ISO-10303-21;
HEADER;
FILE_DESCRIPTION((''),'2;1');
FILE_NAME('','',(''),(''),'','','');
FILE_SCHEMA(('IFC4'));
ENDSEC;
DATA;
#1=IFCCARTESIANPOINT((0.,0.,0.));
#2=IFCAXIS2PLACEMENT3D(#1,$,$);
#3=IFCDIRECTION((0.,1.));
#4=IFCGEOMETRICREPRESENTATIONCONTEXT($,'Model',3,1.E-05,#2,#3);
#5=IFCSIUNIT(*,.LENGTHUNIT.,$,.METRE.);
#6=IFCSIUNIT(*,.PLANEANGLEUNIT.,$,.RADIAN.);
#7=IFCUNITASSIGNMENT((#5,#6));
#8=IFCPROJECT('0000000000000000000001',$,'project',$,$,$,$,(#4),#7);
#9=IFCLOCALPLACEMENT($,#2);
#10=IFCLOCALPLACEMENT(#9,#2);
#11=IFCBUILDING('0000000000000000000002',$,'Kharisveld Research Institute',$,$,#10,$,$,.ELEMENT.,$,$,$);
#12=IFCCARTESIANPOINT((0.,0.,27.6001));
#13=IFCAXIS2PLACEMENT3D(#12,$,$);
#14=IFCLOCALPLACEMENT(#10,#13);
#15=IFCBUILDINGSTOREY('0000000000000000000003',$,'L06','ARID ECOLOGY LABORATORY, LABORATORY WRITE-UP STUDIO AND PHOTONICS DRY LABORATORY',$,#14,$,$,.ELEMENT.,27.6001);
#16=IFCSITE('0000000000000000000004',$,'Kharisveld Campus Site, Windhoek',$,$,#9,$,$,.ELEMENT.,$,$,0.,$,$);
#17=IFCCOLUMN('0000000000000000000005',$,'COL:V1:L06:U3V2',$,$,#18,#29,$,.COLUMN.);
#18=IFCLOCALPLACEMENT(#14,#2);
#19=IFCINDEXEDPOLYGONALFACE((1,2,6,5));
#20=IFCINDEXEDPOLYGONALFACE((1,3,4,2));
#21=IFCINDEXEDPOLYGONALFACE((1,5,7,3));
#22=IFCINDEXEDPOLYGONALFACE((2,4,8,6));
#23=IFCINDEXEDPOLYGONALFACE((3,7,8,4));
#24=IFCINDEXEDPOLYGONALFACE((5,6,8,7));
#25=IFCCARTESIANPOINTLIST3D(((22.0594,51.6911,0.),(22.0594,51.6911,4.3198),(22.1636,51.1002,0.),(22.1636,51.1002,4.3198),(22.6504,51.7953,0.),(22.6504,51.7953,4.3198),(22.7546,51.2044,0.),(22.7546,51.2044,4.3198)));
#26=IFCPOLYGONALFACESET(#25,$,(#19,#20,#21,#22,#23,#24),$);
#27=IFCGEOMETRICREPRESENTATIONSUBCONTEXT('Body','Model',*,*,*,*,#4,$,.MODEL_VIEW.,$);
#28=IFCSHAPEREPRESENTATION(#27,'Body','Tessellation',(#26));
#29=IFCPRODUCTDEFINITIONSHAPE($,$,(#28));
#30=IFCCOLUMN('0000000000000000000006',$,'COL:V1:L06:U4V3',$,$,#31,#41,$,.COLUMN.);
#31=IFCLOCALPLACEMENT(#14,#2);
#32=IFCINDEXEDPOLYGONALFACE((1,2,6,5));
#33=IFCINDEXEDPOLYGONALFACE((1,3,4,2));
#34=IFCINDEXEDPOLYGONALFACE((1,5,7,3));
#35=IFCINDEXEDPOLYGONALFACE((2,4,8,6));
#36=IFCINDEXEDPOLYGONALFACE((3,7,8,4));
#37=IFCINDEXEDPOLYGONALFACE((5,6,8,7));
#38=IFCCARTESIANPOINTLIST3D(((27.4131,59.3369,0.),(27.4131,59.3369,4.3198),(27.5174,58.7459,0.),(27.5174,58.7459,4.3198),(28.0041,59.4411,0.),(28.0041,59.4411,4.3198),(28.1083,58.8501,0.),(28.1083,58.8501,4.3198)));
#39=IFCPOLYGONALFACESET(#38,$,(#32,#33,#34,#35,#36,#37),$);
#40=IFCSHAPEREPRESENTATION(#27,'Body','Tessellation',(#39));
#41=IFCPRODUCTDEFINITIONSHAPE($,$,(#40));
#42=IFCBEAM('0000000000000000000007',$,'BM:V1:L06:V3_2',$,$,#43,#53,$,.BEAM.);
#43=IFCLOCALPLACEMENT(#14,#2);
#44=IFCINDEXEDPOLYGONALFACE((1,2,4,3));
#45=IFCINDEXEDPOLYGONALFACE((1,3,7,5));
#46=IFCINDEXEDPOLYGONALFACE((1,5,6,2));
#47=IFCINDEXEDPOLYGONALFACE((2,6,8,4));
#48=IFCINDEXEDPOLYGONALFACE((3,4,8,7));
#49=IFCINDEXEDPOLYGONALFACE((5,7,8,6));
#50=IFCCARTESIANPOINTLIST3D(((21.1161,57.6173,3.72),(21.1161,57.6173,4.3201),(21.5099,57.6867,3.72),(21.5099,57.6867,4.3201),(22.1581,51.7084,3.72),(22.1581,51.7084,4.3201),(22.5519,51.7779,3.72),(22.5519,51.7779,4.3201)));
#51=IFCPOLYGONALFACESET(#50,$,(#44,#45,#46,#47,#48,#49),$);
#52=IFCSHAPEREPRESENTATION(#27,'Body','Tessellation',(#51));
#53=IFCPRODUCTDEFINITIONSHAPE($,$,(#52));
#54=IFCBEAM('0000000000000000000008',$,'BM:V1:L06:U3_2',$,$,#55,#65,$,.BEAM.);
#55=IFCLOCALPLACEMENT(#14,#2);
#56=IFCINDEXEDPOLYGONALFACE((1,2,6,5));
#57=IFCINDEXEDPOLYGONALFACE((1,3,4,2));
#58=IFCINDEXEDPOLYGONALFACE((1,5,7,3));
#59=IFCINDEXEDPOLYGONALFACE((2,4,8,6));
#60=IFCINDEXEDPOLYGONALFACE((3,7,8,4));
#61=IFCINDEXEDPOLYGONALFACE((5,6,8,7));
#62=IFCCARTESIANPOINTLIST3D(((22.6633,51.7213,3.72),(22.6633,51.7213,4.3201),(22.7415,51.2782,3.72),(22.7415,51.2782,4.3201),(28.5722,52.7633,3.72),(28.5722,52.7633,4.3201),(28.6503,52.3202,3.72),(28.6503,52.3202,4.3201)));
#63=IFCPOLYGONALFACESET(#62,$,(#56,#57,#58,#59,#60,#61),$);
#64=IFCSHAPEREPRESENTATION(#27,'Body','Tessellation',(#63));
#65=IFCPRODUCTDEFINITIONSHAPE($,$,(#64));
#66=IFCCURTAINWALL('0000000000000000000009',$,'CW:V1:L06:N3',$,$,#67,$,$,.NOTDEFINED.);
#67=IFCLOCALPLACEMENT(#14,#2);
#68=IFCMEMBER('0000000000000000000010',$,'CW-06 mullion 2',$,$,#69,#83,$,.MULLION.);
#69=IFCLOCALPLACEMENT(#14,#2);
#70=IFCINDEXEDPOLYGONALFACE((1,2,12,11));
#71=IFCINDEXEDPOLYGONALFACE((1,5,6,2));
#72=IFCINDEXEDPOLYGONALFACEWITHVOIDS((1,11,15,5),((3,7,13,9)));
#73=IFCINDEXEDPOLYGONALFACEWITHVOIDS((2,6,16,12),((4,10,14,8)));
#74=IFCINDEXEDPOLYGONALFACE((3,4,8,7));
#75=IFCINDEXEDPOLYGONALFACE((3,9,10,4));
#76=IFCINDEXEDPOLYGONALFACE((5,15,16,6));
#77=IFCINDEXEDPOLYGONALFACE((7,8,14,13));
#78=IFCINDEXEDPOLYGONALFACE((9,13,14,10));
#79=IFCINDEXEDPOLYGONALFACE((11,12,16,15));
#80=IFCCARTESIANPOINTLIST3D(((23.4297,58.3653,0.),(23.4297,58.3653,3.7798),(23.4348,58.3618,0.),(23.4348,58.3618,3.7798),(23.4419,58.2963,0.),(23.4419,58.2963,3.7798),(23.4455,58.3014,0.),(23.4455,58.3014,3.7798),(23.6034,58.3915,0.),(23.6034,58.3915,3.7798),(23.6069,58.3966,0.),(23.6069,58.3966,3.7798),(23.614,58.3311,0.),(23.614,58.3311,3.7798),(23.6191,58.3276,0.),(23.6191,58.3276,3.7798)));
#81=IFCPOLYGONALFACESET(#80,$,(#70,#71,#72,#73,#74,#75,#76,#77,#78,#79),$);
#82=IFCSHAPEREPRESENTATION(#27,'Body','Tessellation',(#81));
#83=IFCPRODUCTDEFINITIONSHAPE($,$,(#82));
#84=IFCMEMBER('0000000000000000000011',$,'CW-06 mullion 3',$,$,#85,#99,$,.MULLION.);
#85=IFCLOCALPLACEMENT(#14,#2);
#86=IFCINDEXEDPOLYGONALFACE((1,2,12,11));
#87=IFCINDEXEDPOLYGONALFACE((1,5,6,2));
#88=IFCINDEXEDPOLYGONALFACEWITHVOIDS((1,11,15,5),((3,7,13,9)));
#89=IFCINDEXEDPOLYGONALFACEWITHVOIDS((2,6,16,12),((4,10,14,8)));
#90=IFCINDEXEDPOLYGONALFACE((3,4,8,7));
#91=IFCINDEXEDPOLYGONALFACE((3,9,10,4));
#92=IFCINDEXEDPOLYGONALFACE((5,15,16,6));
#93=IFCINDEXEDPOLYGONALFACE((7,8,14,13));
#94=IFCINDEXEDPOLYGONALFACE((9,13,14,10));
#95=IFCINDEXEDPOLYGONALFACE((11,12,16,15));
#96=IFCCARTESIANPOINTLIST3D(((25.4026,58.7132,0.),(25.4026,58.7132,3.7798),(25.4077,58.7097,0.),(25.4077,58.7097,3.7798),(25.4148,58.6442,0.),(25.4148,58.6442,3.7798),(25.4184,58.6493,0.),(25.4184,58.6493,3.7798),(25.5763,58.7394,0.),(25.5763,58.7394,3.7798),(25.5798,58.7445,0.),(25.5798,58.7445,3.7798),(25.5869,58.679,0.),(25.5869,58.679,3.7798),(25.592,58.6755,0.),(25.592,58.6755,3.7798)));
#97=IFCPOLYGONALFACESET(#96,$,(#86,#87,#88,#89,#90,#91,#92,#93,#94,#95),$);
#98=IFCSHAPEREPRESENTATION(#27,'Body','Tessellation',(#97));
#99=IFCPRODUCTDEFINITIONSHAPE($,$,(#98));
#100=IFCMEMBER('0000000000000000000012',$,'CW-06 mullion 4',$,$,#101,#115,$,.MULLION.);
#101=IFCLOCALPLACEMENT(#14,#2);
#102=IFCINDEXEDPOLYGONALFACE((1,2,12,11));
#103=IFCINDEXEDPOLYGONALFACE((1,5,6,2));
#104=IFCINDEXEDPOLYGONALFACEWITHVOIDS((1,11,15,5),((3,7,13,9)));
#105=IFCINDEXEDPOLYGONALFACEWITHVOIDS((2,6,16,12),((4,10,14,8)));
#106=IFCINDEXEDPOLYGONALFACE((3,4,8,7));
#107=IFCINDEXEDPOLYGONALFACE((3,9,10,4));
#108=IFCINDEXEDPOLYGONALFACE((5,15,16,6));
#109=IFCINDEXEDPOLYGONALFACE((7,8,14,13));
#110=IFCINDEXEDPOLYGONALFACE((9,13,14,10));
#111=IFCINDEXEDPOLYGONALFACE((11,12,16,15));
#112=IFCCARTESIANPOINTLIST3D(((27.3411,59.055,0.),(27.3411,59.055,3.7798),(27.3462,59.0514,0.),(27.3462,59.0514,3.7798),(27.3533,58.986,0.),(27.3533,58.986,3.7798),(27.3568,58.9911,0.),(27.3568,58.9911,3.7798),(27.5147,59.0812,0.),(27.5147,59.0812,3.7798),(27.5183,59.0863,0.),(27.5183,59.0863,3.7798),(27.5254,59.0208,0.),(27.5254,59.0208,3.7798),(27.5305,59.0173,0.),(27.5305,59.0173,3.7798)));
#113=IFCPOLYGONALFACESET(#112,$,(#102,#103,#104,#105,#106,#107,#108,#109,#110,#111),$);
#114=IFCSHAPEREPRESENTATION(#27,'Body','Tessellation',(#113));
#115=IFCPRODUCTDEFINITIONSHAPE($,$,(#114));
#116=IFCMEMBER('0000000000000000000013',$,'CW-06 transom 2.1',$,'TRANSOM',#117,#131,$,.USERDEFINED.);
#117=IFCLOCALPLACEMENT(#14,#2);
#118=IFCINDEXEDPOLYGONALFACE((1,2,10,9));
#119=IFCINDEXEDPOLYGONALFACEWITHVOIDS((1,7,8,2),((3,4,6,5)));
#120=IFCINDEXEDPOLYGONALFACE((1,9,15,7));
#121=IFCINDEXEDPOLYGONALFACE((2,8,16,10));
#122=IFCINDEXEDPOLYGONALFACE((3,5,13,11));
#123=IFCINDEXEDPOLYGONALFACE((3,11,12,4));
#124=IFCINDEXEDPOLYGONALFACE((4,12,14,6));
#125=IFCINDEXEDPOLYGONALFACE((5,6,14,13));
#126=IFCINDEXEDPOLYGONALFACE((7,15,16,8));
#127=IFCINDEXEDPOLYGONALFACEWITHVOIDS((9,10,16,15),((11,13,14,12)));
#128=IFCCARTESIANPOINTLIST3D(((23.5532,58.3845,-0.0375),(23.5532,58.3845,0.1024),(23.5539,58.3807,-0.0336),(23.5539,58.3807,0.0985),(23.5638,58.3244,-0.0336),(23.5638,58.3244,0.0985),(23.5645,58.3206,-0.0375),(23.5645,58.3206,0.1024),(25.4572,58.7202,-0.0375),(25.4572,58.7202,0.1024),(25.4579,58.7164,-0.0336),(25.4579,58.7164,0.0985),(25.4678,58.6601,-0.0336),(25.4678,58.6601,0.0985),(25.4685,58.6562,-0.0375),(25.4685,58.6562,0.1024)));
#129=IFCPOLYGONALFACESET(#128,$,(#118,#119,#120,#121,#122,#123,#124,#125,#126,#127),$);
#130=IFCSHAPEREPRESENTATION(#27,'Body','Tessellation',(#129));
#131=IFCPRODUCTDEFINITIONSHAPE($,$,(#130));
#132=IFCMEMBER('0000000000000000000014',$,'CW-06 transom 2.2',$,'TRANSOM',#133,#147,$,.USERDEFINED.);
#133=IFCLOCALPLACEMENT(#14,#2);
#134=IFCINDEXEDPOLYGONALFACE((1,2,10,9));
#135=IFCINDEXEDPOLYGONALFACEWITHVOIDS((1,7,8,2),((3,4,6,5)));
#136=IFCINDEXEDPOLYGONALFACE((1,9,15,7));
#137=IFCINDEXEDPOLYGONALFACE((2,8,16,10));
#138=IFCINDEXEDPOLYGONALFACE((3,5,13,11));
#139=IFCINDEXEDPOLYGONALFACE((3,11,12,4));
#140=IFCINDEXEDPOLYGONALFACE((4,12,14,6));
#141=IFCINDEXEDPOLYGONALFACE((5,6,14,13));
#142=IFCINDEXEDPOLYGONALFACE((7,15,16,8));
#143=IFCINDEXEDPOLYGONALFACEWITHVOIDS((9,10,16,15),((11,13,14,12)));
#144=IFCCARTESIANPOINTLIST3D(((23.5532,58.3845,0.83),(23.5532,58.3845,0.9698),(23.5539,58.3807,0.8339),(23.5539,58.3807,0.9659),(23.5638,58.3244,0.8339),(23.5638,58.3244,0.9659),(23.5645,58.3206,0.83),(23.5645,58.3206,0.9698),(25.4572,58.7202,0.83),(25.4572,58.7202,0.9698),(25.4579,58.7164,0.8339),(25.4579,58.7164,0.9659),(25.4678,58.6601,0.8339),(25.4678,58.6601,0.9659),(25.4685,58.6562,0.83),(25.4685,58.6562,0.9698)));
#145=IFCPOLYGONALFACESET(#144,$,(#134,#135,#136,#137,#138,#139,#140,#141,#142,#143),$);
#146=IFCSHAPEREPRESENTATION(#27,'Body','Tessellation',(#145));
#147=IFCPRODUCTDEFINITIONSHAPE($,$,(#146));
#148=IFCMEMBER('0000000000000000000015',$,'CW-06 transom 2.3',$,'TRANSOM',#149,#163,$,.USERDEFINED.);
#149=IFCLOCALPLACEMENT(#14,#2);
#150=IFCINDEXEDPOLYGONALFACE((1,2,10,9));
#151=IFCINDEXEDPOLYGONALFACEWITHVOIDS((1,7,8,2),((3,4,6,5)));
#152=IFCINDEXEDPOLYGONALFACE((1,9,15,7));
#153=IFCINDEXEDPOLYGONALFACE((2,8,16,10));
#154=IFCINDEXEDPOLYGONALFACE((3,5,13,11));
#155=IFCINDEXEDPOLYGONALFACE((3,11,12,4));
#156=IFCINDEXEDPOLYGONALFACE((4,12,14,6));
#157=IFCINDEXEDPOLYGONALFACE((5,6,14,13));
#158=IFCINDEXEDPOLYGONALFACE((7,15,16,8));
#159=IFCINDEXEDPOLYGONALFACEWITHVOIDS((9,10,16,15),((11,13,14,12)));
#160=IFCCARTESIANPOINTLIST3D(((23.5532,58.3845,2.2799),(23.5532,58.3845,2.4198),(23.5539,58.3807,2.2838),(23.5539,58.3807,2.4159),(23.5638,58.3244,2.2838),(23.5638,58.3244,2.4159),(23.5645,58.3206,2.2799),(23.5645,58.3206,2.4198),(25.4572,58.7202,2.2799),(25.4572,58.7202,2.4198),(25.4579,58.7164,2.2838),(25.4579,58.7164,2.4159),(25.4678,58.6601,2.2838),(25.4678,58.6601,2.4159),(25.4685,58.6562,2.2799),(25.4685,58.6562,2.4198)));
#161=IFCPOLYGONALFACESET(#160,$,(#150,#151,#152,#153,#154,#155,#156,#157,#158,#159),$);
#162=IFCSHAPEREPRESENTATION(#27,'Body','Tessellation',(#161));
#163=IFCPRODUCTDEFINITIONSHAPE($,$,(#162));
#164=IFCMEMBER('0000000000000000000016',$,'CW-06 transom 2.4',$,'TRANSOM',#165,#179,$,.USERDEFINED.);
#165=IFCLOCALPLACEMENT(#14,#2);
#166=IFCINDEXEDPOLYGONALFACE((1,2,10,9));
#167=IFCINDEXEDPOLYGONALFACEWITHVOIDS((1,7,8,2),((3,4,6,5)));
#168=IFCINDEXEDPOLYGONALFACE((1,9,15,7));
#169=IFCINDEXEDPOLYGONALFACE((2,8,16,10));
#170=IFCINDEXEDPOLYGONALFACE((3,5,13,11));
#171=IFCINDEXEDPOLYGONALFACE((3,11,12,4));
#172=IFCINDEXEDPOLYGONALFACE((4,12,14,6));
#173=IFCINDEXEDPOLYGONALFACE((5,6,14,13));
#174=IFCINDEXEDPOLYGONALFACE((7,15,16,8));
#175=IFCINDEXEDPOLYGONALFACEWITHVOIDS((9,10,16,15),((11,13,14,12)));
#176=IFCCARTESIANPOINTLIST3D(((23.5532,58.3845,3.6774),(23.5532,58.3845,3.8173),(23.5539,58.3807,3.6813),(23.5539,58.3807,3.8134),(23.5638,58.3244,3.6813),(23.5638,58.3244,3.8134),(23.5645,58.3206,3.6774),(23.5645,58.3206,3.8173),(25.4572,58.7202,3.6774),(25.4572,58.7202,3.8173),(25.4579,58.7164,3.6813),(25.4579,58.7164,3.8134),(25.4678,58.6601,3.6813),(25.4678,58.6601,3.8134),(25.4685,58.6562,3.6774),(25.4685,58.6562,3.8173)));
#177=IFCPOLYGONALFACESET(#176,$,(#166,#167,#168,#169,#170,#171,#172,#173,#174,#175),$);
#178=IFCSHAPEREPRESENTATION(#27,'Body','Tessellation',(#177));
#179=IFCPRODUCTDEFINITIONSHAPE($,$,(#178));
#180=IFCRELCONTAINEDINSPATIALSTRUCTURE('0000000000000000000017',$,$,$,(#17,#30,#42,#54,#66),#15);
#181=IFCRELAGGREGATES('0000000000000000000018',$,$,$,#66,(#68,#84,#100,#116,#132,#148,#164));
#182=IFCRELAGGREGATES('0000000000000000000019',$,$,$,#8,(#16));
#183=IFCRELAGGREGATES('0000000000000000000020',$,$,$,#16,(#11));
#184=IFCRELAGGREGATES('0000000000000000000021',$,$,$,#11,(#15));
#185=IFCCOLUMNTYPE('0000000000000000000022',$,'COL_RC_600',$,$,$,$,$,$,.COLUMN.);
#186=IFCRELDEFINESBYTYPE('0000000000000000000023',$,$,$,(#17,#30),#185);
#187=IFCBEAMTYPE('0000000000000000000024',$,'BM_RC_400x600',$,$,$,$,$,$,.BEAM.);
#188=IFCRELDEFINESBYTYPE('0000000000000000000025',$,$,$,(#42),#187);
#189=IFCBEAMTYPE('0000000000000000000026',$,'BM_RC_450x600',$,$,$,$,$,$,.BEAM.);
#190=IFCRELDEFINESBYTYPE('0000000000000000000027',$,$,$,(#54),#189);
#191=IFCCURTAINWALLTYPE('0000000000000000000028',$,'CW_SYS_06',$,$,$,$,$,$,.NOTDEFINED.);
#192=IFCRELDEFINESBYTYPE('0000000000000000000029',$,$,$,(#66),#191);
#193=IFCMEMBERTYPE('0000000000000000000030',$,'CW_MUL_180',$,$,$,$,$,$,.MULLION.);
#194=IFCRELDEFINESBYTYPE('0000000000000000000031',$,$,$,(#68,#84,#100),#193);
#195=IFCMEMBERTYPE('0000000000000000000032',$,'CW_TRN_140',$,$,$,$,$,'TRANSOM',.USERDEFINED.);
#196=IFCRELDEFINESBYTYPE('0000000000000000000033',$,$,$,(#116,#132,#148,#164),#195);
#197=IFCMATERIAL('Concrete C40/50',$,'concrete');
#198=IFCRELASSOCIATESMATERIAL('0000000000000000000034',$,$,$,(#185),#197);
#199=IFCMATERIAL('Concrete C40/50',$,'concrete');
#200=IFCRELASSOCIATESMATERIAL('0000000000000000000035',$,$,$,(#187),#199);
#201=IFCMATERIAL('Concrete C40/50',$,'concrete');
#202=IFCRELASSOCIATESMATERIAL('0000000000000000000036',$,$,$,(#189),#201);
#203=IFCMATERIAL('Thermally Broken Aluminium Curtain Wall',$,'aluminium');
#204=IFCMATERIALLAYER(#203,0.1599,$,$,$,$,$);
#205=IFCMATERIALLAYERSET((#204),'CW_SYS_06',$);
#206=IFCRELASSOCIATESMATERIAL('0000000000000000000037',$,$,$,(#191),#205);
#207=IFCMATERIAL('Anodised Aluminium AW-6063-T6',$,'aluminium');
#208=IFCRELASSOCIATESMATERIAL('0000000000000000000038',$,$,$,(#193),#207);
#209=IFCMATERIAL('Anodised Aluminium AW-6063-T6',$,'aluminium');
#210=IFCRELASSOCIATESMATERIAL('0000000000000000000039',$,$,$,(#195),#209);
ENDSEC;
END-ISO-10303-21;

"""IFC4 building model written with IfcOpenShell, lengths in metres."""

from ifc_helpers import new_model, si_unit, direction, frame, origin, origin_2d, place, context, subcontext, project, spatial, rectangle, hollow_rectangle, extrude, material, layer, layer_set, material_profile, profile_set, type_object, element, aggregate, save


model = new_model("IFC4")

# Units and contexts
model_context = context("Model", 3, precision=1e-05, world=origin(), true_north=direction((0.0, 1.0)))
body_context = subcontext(model_context, "Body", "Model", "MODEL_VIEW")
ifc_project = project(units=[si_unit("LENGTHUNIT", "METRE"), si_unit("PLANEANGLEUNIT", "RADIAN")], contexts=[model_context])

# Site, building, storey
site_placement = place(None, origin())
site = spatial("IfcSite", under=ifc_project, at=site_placement, Name="Kharisveld Campus Site, Windhoek", CompositionType="ELEMENT", RefElevation=0.0)
building_placement = place(site_placement, origin())
building = spatial("IfcBuilding", under=site, at=building_placement, Name="Kharisveld Research Institute", CompositionType="ELEMENT")
storey_placement = place(building_placement, frame((0.0, 0.0, 27.6001)))
storey = spatial("IfcBuildingStorey", under=building, at=storey_placement, Name="L06", Description="ARID ECOLOGY LABORATORY, LABORATORY WRITE-UP STUDIO AND PHOTONICS DRY LABORATORY", CompositionType="ELEMENT", Elevation=27.6001)

# Columns
ifc_material_1 = material(Name="Concrete C40/50", Category="concrete")
ifc_material_profile_1 = material_profile(ifc_material_1, rectangle(XDim=0.6001, YDim=0.6001, at=origin_2d()))
ifc_profile_set_1 = profile_set([ifc_material_profile_1], Name="Concrete C40/50")
column_type = type_object("IfcColumnType", Name="COL_RC_600", PredefinedType="COLUMN", material=ifc_profile_set_1)
for number, where, z_axis, x_axis, name in (
    (1, (22.407, 51.4478, 0.0), (0.0, 0.0, 1.0), (0.984808, 0.173648, 0.0), "COL:V1:L06:U3V2"),
    (2, (27.7607, 59.0935, 0.0), (0.0, 0.0, 1.0), (0.984808, 0.173648, 0.0), "COL:V1:L06:U4V3"),
):
    element("IfcColumn", number, at=place(storey_placement, frame(where, z_axis=z_axis, x_axis=x_axis)), inside=storey, type_object=column_type, Name=name, PredefinedType="COLUMN", context=body_context, shape_type="SweptSolid", body=[
        extrude(rectangle(XDim=0.6001, YDim=0.6001, at=origin_2d()), origin(), (0.0, 0.0, 1.0), 4.3198),
    ])

# Beams
ifc_material_2 = material(Name="Concrete C40/50", Category="concrete")
ifc_material_profile_2 = material_profile(ifc_material_2, rectangle(XDim=0.3999, YDim=0.6001, at=origin_2d()))
ifc_profile_set_2 = profile_set([ifc_material_profile_2], Name="Concrete C40/50")
beam_type_1 = type_object("IfcBeamType", Name="BM_RC_400x600", PredefinedType="BEAM", material=ifc_profile_set_2)
beam_1_placement = place(storey_placement, frame((22.355, 51.7432, 4.02), z_axis=(-0.173662, 0.984805, 0.0), x_axis=(-0.984805, -0.173662, 0.0)))
element("IfcBeam", 3, at=beam_1_placement, inside=storey, type_object=beam_type_1, Name="BM:V1:L06:V3_2", PredefinedType="BEAM", context=body_context, shape_type="SweptSolid", body=[
    extrude(rectangle(XDim=0.3999, YDim=0.6001, at=origin_2d()), origin(), (0.0, 0.0, 1.0), 6.0),
])
ifc_material_3 = material(Name="Concrete C40/50", Category="concrete")
ifc_material_profile_3 = material_profile(ifc_material_3, rectangle(XDim=0.45, YDim=0.6001, at=origin_2d()))
ifc_profile_set_3 = profile_set([ifc_material_profile_3], Name="Concrete C40/50")
beam_type_2 = type_object("IfcBeamType", Name="BM_RC_450x600", PredefinedType="BEAM", material=ifc_profile_set_3)
beam_2_placement = place(storey_placement, frame((22.7024, 51.4998, 4.02), z_axis=(0.984805, 0.173662, 0.0), x_axis=(-0.173662, 0.984805, 0.0)))
element("IfcBeam", 4, at=beam_2_placement, inside=storey, type_object=beam_type_2, Name="BM:V1:L06:U3_2", PredefinedType="BEAM", context=body_context, shape_type="SweptSolid", body=[
    extrude(rectangle(XDim=0.45, YDim=0.6001, at=origin_2d()), origin(), (0.0, 0.0, 1.0), 6.0),
])

# Curtain wall, members
ifc_material_4 = material(Name="Thermally Broken Aluminium Curtain Wall", Category="aluminium")
ifc_layer_1 = layer(ifc_material_4, 0.1599)
ifc_layer_set_1 = layer_set([ifc_layer_1], Name="CW_SYS_06")
curtain_wall_type = type_object("IfcCurtainWallType", Name="CW_SYS_06", PredefinedType="NOTDEFINED", material=ifc_layer_set_1)
curtain_wall_placement = place(storey_placement, origin())
curtain_wall = element("IfcCurtainWall", 5, at=curtain_wall_placement, inside=storey, type_object=curtain_wall_type, Name="CW:V1:L06:N3", PredefinedType="NOTDEFINED")
ifc_material_5 = material(Name="Anodised Aluminium AW-6063-T6", Category="aluminium")
ifc_material_profile_4 = material_profile(ifc_material_5, hollow_rectangle(XDim=0.0701, YDim=0.1799, WallThickness=0.0044, at=origin_2d()))
ifc_profile_set_4 = profile_set([ifc_material_profile_4], Name="Anodised Aluminium AW-6063-T6")
member_type_1 = type_object("IfcMemberType", Name="CW_MUL_180", PredefinedType="MULLION", material=ifc_profile_set_4)
member_1_placement = place(storey_placement, frame((23.5244, 58.3464, 0.0), z_axis=(0.0, 0.0, 1.0), x_axis=(-0.173648, 0.984808, 0.0)))
member_1 = element("IfcMember", 6, at=member_1_placement, type_object=member_type_1, Name="CW-06 mullion 2", PredefinedType="MULLION", context=body_context, shape_type="SweptSolid", body=[
    extrude(hollow_rectangle(XDim=0.0701, YDim=0.1799, WallThickness=0.0044, at=origin_2d()), origin(), (0.0, 0.0, 1.0), 3.7798),
])
member_2_placement = place(storey_placement, frame((25.4973, 58.6943, 0.0), z_axis=(0.0, 0.0, 1.0), x_axis=(-0.173648, 0.984808, 0.0)))
member_2 = element("IfcMember", 7, at=member_2_placement, type_object=member_type_1, Name="CW-06 mullion 3", PredefinedType="MULLION", context=body_context, shape_type="SweptSolid", body=[
    extrude(hollow_rectangle(XDim=0.0701, YDim=0.1799, WallThickness=0.0044, at=origin_2d()), origin(), (0.0, 0.0, 1.0), 3.7798),
])
member_3_placement = place(storey_placement, frame((27.4358, 59.0361, 0.0), z_axis=(0.0, 0.0, 1.0), x_axis=(-0.173648, 0.984808, 0.0)))
member_3 = element("IfcMember", 8, at=member_3_placement, type_object=member_type_1, Name="CW-06 mullion 4", PredefinedType="MULLION", context=body_context, shape_type="SweptSolid", body=[
    extrude(hollow_rectangle(XDim=0.0701, YDim=0.1799, WallThickness=0.0044, at=origin_2d()), origin(), (0.0, 0.0, 1.0), 3.7798),
])
ifc_material_6 = material(Name="Anodised Aluminium AW-6063-T6", Category="aluminium")
ifc_material_profile_5 = material_profile(ifc_material_6, hollow_rectangle(XDim=0.0649, YDim=0.1399, WallThickness=0.0039, at=origin_2d()))
ifc_profile_set_5 = profile_set([ifc_material_profile_5], Name="Anodised Aluminium AW-6063-T6")
member_type_2 = type_object("IfcMemberType", Name="CW_TRN_140", ElementType="TRANSOM", PredefinedType="USERDEFINED", material=ifc_profile_set_5)
member_4_placement = place(storey_placement, frame((23.5588, 58.3525, 0.0325), z_axis=(0.984812, 0.173627, 0.0), x_axis=(-0.173627, 0.984812, 0.0)))
member_4 = element("IfcMember", 9, at=member_4_placement, type_object=member_type_2, Name="CW-06 transom 2.1", ObjectType="TRANSOM", PredefinedType="USERDEFINED", context=body_context, shape_type="SweptSolid", body=[
    extrude(hollow_rectangle(XDim=0.0649, YDim=0.1399, WallThickness=0.0039, at=origin_2d()), origin(), (0.0, 0.0, 1.0), 1.9333),
])
member_5_placement = place(storey_placement, frame((23.5588, 58.3525, 0.8999), z_axis=(0.984812, 0.173627, 0.0), x_axis=(-0.173627, 0.984812, 0.0)))
member_5 = element("IfcMember", 10, at=member_5_placement, type_object=member_type_2, Name="CW-06 transom 2.2", ObjectType="TRANSOM", PredefinedType="USERDEFINED", context=body_context, shape_type="SweptSolid", body=[
    extrude(hollow_rectangle(XDim=0.0649, YDim=0.1399, WallThickness=0.0039, at=origin_2d()), origin(), (0.0, 0.0, 1.0), 1.9333),
])
member_6_placement = place(storey_placement, frame((23.5588, 58.3525, 2.3499), z_axis=(0.984812, 0.173627, 0.0), x_axis=(-0.173627, 0.984812, 0.0)))
member_6 = element("IfcMember", 11, at=member_6_placement, type_object=member_type_2, Name="CW-06 transom 2.3", ObjectType="TRANSOM", PredefinedType="USERDEFINED", context=body_context, shape_type="SweptSolid", body=[
    extrude(hollow_rectangle(XDim=0.0649, YDim=0.1399, WallThickness=0.0039, at=origin_2d()), origin(), (0.0, 0.0, 1.0), 1.9333),
])
member_7_placement = place(storey_placement, frame((23.5588, 58.3525, 3.7473), z_axis=(0.984812, 0.173627, 0.0), x_axis=(-0.173627, 0.984812, 0.0)))
member_7 = element("IfcMember", 12, at=member_7_placement, type_object=member_type_2, Name="CW-06 transom 2.4", ObjectType="TRANSOM", PredefinedType="USERDEFINED", context=body_context, shape_type="SweptSolid", body=[
    extrude(hollow_rectangle(XDim=0.0649, YDim=0.1399, WallThickness=0.0039, at=origin_2d()), origin(), (0.0, 0.0, 1.0), 1.9333),
])

aggregate(curtain_wall, [member_1, member_2, member_3, member_4, member_5, member_6, member_7])

save(model, "model.ifc")
